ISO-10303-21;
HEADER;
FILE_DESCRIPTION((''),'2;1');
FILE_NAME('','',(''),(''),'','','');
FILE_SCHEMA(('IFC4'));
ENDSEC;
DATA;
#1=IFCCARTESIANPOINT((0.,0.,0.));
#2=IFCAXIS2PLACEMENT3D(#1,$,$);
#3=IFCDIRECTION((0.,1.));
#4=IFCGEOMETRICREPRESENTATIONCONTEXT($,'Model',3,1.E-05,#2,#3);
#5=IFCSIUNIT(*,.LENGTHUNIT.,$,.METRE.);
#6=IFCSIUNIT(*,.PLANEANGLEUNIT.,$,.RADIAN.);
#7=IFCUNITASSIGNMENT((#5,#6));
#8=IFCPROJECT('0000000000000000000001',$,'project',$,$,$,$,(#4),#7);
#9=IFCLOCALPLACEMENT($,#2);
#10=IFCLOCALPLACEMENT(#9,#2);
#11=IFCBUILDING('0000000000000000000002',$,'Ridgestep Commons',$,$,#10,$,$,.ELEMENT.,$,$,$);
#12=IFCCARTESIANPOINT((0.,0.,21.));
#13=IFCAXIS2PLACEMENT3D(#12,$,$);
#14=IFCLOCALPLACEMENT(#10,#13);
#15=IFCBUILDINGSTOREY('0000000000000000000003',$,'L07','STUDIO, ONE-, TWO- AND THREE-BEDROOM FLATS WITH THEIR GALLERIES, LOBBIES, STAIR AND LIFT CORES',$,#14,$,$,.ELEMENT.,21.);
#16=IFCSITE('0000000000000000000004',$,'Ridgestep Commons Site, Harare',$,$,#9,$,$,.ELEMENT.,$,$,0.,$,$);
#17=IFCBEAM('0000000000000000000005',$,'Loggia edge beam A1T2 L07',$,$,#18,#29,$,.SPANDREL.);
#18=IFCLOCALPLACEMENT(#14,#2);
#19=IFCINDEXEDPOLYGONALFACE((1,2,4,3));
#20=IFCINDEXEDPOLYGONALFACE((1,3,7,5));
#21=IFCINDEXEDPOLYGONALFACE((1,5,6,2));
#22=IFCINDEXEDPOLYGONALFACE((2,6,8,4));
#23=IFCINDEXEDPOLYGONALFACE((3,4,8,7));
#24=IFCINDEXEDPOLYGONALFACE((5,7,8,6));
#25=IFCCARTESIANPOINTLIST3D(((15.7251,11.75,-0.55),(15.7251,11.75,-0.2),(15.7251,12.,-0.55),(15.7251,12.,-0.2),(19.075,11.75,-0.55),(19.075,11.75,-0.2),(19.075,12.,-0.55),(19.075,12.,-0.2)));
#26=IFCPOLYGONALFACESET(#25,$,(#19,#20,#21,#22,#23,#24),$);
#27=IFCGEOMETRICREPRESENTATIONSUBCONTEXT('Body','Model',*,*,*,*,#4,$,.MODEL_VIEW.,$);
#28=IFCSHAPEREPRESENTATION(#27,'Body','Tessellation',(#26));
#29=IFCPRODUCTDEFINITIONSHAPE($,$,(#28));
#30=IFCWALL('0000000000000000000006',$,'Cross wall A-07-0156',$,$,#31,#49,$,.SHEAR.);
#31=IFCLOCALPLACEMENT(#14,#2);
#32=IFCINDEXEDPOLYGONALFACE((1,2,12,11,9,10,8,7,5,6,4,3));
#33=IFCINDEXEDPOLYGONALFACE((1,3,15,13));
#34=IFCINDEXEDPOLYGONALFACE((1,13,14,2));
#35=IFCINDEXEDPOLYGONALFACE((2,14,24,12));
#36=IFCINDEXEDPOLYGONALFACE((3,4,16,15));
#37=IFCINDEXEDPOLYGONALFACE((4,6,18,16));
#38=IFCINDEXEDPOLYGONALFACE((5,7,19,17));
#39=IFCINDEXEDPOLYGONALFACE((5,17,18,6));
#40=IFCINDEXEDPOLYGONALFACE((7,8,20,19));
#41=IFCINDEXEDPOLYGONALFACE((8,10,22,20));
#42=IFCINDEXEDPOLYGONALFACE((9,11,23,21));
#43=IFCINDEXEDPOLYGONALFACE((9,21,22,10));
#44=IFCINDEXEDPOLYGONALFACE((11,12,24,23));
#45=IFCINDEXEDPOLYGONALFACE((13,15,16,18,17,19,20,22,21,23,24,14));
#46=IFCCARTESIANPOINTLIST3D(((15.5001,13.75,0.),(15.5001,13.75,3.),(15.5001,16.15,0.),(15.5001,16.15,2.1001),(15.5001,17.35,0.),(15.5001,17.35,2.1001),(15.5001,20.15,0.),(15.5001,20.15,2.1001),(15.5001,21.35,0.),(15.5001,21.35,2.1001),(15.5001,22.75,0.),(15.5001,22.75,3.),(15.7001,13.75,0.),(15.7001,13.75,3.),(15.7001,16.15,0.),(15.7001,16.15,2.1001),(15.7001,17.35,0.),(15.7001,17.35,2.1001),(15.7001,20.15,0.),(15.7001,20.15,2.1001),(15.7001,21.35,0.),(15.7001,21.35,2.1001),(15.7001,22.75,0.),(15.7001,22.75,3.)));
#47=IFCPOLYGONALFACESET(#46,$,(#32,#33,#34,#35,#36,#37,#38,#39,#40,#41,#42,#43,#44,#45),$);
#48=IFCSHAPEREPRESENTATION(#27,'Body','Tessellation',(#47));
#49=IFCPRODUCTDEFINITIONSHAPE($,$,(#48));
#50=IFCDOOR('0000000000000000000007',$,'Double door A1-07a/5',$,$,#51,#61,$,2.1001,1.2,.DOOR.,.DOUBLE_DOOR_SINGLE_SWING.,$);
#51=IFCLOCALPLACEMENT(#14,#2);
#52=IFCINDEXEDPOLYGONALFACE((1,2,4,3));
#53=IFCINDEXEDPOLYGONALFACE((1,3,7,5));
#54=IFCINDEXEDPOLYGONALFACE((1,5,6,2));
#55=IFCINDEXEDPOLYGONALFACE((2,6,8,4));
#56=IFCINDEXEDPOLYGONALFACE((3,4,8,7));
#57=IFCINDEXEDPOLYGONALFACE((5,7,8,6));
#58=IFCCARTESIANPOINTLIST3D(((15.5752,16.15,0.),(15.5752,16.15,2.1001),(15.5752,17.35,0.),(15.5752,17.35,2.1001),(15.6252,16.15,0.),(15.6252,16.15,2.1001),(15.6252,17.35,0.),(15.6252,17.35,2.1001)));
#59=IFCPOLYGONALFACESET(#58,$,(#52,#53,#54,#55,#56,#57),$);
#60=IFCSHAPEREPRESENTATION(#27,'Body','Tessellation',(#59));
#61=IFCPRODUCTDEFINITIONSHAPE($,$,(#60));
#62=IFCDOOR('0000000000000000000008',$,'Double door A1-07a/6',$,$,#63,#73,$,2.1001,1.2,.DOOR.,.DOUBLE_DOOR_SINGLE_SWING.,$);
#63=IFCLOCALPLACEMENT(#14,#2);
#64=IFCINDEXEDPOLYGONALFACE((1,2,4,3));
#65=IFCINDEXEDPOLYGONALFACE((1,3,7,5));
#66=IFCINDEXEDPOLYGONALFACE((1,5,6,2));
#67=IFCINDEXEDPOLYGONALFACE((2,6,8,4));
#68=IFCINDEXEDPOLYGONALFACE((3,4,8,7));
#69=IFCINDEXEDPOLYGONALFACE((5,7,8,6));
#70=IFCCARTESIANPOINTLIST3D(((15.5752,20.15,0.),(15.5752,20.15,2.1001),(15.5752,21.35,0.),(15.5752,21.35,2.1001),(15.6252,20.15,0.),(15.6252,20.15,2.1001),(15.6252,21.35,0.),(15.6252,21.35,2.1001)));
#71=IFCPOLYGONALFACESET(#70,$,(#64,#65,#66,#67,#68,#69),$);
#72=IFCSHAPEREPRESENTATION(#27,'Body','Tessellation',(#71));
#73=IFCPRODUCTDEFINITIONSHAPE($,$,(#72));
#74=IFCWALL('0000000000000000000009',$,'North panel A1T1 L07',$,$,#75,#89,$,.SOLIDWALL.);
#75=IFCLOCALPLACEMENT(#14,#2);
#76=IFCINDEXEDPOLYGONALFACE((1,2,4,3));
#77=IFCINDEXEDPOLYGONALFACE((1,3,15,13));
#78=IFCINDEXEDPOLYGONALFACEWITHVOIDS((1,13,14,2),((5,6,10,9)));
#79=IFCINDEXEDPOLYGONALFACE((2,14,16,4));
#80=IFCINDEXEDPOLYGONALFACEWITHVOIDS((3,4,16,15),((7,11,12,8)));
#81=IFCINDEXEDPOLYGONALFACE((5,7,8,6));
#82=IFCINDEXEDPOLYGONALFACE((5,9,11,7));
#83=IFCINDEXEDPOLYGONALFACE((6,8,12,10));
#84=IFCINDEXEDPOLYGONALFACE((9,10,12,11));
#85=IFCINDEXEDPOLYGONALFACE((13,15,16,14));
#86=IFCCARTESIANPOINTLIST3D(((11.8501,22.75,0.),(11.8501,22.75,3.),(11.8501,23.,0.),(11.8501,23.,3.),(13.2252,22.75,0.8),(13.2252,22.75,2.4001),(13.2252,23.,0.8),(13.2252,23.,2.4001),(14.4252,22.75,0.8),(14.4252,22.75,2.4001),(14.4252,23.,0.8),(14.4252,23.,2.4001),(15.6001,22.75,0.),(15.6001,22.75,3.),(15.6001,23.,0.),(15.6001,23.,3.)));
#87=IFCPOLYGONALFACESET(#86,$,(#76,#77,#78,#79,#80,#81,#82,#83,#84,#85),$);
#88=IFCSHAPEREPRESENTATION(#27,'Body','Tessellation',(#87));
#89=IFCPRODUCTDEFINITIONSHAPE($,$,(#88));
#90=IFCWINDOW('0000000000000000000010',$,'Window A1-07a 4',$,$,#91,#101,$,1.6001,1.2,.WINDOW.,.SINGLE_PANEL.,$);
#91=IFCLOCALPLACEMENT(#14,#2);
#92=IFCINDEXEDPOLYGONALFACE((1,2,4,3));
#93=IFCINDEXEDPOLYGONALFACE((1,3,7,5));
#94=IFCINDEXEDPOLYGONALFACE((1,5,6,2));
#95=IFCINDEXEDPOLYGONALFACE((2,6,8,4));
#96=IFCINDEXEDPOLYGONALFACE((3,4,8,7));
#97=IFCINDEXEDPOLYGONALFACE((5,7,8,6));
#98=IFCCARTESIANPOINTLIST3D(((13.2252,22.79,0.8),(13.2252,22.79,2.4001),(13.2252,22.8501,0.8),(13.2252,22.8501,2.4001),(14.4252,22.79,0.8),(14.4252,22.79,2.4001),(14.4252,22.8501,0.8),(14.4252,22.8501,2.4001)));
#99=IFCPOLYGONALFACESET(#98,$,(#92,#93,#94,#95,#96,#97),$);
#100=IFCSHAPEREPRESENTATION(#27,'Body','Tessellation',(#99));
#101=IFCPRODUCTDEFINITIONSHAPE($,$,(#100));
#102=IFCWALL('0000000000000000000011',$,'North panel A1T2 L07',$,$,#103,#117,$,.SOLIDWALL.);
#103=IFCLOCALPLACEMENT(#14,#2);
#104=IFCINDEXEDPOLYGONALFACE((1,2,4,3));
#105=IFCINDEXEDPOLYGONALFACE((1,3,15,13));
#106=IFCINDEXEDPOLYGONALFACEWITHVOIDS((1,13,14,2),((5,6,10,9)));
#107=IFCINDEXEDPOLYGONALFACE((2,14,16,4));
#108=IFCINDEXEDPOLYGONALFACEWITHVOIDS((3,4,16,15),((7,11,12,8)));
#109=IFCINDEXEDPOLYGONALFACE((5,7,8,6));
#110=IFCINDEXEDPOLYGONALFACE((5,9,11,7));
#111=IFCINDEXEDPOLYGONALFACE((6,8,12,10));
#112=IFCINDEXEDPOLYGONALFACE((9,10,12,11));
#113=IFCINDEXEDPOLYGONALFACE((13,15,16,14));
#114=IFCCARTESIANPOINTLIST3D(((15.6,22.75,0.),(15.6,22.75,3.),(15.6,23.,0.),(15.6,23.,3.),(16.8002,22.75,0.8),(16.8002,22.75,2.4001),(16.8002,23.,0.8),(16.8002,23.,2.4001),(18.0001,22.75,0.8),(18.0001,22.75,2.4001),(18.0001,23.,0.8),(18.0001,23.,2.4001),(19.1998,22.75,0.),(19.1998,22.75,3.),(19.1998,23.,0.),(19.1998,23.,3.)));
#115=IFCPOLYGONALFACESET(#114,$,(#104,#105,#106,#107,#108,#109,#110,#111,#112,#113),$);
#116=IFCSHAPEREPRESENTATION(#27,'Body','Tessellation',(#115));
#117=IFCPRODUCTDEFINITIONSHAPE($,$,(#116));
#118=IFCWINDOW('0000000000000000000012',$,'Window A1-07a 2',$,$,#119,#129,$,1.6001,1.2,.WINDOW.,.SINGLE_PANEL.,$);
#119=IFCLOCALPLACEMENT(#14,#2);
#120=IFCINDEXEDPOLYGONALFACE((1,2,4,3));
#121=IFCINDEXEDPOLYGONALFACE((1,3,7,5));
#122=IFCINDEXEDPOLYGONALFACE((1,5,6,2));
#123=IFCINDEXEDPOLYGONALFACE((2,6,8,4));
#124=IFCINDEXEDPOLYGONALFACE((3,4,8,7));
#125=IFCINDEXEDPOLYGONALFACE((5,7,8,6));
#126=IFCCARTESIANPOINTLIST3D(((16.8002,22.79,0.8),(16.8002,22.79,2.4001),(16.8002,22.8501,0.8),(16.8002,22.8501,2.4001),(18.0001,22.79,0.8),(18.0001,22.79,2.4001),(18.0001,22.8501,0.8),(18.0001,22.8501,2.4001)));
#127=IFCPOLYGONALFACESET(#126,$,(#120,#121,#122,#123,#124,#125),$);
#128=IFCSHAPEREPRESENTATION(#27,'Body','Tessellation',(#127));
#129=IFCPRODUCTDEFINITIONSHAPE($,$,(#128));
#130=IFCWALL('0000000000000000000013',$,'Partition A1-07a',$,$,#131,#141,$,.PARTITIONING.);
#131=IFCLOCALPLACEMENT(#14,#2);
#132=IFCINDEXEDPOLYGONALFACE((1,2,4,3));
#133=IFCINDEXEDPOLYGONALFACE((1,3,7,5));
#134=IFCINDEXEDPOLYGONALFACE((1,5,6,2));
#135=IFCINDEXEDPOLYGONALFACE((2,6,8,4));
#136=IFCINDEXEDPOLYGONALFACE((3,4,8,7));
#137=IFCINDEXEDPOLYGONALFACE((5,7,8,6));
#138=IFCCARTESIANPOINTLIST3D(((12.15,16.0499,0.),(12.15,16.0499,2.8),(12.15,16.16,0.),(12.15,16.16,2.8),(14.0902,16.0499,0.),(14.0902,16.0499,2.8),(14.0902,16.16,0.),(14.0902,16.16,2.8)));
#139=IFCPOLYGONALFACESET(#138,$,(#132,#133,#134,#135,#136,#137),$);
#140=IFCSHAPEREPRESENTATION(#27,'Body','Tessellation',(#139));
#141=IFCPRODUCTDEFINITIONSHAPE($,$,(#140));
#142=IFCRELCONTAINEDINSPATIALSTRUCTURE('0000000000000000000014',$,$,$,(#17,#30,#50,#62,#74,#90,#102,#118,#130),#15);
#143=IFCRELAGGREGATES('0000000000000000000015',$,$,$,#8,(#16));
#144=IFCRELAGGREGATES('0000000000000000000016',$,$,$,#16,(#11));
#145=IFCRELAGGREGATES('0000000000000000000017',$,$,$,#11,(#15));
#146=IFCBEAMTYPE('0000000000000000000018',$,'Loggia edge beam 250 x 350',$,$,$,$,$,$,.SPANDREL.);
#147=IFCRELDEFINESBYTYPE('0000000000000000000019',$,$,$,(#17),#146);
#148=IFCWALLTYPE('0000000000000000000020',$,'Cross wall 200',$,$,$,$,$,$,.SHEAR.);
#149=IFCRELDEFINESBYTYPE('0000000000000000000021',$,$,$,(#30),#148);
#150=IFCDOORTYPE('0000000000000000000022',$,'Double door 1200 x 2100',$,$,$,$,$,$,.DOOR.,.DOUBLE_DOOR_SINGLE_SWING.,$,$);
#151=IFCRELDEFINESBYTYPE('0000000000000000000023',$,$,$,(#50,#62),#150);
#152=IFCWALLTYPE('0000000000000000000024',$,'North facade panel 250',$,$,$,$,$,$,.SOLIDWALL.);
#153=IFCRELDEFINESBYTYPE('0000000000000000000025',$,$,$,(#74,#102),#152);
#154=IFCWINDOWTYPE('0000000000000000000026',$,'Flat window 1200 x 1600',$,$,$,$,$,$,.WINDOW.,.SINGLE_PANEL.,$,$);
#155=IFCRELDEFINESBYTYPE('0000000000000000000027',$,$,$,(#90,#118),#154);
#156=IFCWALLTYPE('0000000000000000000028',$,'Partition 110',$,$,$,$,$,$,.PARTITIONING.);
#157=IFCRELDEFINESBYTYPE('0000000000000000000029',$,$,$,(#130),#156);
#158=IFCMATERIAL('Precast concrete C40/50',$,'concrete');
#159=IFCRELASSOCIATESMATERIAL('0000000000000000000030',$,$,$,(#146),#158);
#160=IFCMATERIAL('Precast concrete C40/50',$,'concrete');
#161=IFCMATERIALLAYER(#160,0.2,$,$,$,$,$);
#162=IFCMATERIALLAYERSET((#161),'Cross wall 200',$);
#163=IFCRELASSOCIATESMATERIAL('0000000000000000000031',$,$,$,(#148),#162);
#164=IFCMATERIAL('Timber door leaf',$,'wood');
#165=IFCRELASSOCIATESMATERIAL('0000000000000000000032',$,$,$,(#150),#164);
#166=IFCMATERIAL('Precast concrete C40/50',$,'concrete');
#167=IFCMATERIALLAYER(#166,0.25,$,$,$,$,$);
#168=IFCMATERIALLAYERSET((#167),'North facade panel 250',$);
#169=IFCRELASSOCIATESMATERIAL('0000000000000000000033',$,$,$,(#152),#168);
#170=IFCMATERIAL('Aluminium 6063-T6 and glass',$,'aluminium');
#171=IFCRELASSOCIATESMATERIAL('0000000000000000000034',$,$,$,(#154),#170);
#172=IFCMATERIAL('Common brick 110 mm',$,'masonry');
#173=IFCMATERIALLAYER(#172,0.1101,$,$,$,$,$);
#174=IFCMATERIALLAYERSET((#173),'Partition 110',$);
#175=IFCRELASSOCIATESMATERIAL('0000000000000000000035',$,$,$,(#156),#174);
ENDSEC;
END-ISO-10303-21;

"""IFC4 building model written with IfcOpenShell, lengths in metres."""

from ifc_helpers import new_model, si_unit, direction, frame, frame_2d, origin, origin_2d, place, context, subcontext, project, spatial, rectangle, extrude, material, layer, layer_set, material_profile, profile_set, type_object, element, fill, save


model = new_model("IFC4")

# Units and contexts
model_context = context("Model", 3, precision=1e-05, world=origin(), true_north=direction((0.0, 1.0)))
body_context = subcontext(model_context, "Body", "Model", "MODEL_VIEW")
ifc_project = project(units=[si_unit("LENGTHUNIT", "METRE"), si_unit("PLANEANGLEUNIT", "RADIAN")], contexts=[model_context])

# Site, building, storey
site_placement = place(None, origin())
site = spatial("IfcSite", under=ifc_project, at=site_placement, Name="Ridgestep Commons Site, Harare", CompositionType="ELEMENT", RefElevation=0.0)
building_placement = place(site_placement, origin())
building = spatial("IfcBuilding", under=site, at=building_placement, Name="Ridgestep Commons", CompositionType="ELEMENT")
storey_placement = place(building_placement, frame((0.0, 0.0, 21.0)))
storey = spatial("IfcBuildingStorey", under=building, at=storey_placement, Name="L07", Description="STUDIO, ONE-, TWO- AND THREE-BEDROOM FLATS WITH THEIR GALLERIES, LOBBIES, STAIR AND LIFT CORES", CompositionType="ELEMENT", Elevation=21.0)

# Beam
ifc_material_1 = material(Name="Precast concrete C40/50", Category="concrete")
ifc_material_profile = material_profile(ifc_material_1, rectangle(XDim=0.25, YDim=0.3501, at=origin_2d()), Name="PC 250x350")
ifc_profile_set = profile_set([ifc_material_profile], Name="Precast concrete C40/50")
beam_type = type_object("IfcBeamType", Name="Loggia edge beam 250 x 350", PredefinedType="SPANDREL", material=ifc_profile_set)
beam_placement = place(storey_placement, frame((15.7251, 11.875, -0.375), z_axis=(1.0, 0.0, 0.0), x_axis=(0.0, 1.0, 0.0)))
element("IfcBeam", 1, at=beam_placement, inside=storey, type_object=beam_type, Name="Loggia edge beam A1T2 L07", PredefinedType="SPANDREL", context=body_context, shape_type="SweptSolid", body=[
    extrude(rectangle(XDim=0.25, YDim=0.3501, at=origin_2d()), origin(), (0.0, 0.0, 1.0), 3.3499),
])

# Wall, openings, doors
ifc_material_2 = material(Name="Precast concrete C40/50", Category="concrete")
ifc_layer_1 = layer(ifc_material_2, 0.2)
ifc_layer_set_1 = layer_set([ifc_layer_1], Name="Cross wall 200")
wall_type_1 = type_object("IfcWallType", Name="Cross wall 200", PredefinedType="SHEAR", material=ifc_layer_set_1)
wall_1_placement = place(storey_placement, frame((15.6001, 13.75, 0.0), z_axis=(0.0, 0.0, 1.0), x_axis=(0.0, 1.0, 0.0)))
wall_1 = element("IfcWall", 2, at=wall_1_placement, inside=storey, type_object=wall_type_1, Name="Cross wall A-07-0156", PredefinedType="SHEAR", context=body_context, shape_type="SweptSolid", body=[
    extrude(rectangle(XDim=9.0, YDim=0.2, at=frame_2d((4.5, 0.0))), origin(), (0.0, 0.0, 1.0), 3.0),
])
opening_1_placement = place(wall_1_placement, frame((2.3999, 0.0, 0.0)))
opening_1 = element("IfcOpeningElement", 3, at=opening_1_placement, cuts=wall_1, PredefinedType="OPENING", context=body_context, shape_type="SweptSolid", body=[
    extrude(rectangle(XDim=1.2, YDim=2.1001, at=frame_2d((0.6001, 1.05))), frame((0.0, 0.1099, 0.0), z_axis=(0.0, -1.0, 0.0), x_axis=(1.0, 0.0, 0.0)), (0.0, 0.0, 1.0), 0.22),
])
opening_2_placement = place(wall_1_placement, frame((6.3999, 0.0, 0.0)))
opening_2 = element("IfcOpeningElement", 4, at=opening_2_placement, cuts=wall_1, PredefinedType="OPENING", context=body_context, shape_type="SweptSolid", body=[
    extrude(rectangle(XDim=1.2, YDim=2.1001, at=frame_2d((0.6001, 1.05))), frame((0.0, 0.1099, 0.0), z_axis=(0.0, -1.0, 0.0), x_axis=(1.0, 0.0, 0.0)), (0.0, 0.0, 1.0), 0.22),
])
ifc_material_3 = material(Name="Timber door leaf", Category="wood")
door_type_1 = type_object("IfcDoorType", Name="Double door 1200 x 2100", OperationType="DOUBLE_DOOR_SINGLE_SWING", PredefinedType="DOOR", material=ifc_material_3)
door_1_placement = place(opening_1_placement, origin())
door_1 = element("IfcDoor", 5, at=door_1_placement, inside=storey, type_object=door_type_1, Name="Double door A1-07a/5", OperationType="DOUBLE_DOOR_SINGLE_SWING", OverallHeight=2.1001, OverallWidth=1.2, PredefinedType="DOOR", context=body_context, shape_type="SweptSolid", body=[
    extrude(rectangle(XDim=1.2, YDim=2.1001, at=frame_2d((0.6001, 1.05))), frame((0.0, 0.0249, 0.0), z_axis=(0.0, -1.0, 0.0), x_axis=(1.0, 0.0, 0.0)), (0.0, 0.0, 1.0), 0.05),
])
fill(opening_1, door_1)
door_2_placement = place(opening_2_placement, origin())
door_2 = element("IfcDoor", 6, at=door_2_placement, inside=storey, type_object=door_type_1, Name="Double door A1-07a/6", OperationType="DOUBLE_DOOR_SINGLE_SWING", OverallHeight=2.1001, OverallWidth=1.2, PredefinedType="DOOR", context=body_context, shape_type="SweptSolid", body=[
    extrude(rectangle(XDim=1.2, YDim=2.1001, at=frame_2d((0.6001, 1.05))), frame((0.0, 0.0249, 0.0), z_axis=(0.0, -1.0, 0.0), x_axis=(1.0, 0.0, 0.0)), (0.0, 0.0, 1.0), 0.05),
])
fill(opening_2, door_2)

# Walls, openings, windows
ifc_material_4 = material(Name="Precast concrete C40/50", Category="concrete")
ifc_layer_2 = layer(ifc_material_4, 0.25)
ifc_layer_set_2 = layer_set([ifc_layer_2], Name="North facade panel 250")
wall_type_2 = type_object("IfcWallType", Name="North facade panel 250", PredefinedType="SOLIDWALL", material=ifc_layer_set_2)
wall_2_placement = place(storey_placement, frame((11.8501, 22.875, 0.0), z_axis=(0.0, 0.0, 1.0), x_axis=(1.0, 0.0, 0.0)))
wall_2 = element("IfcWall", 7, at=wall_2_placement, inside=storey, type_object=wall_type_2, Name="North panel A1T1 L07", PredefinedType="SOLIDWALL", context=body_context, shape_type="SweptSolid", body=[
    extrude(rectangle(XDim=3.75, YDim=0.25, at=frame_2d((1.875, 0.0))), origin(), (0.0, 0.0, 1.0), 3.0),
])
opening_3_placement = place(wall_2_placement, frame((1.375, 0.0, 0.8)))
opening_3 = element("IfcOpeningElement", 8, at=opening_3_placement, cuts=wall_2, PredefinedType="OPENING", context=body_context, shape_type="SweptSolid", body=[
    extrude(rectangle(XDim=1.2, YDim=1.6001, at=frame_2d((0.6001, 0.8))), frame((0.0, 0.135, 0.0), z_axis=(0.0, -1.0, 0.0), x_axis=(1.0, 0.0, 0.0)), (0.0, 0.0, 1.0), 0.27),
])
ifc_material_5 = material(Name="Aluminium 6063-T6 and glass", Category="aluminium")
window_type_1 = type_object("IfcWindowType", Name="Flat window 1200 x 1600", PartitioningType="SINGLE_PANEL", PredefinedType="WINDOW", material=ifc_material_5)
window_1_placement = place(opening_3_placement, origin())
window_1 = element("IfcWindow", 9, at=window_1_placement, inside=storey, type_object=window_type_1, Name="Window A1-07a 4", OverallHeight=1.6001, OverallWidth=1.2, PartitioningType="SINGLE_PANEL", PredefinedType="WINDOW", context=body_context, shape_type="SweptSolid", body=[
    extrude(rectangle(XDim=1.2, YDim=1.6001, at=frame_2d((0.6001, 0.8))), frame((0.0, -0.0249, 0.0), z_axis=(0.0, -1.0, 0.0), x_axis=(1.0, 0.0, 0.0)), (0.0, 0.0, 1.0), 0.0601),
])
fill(opening_3, window_1)
wall_3_placement = place(storey_placement, frame((15.6001, 22.875, 0.0), z_axis=(0.0, 0.0, 1.0), x_axis=(1.0, 0.0, 0.0)))
wall_3 = element("IfcWall", 10, at=wall_3_placement, inside=storey, type_object=wall_type_2, Name="North panel A1T2 L07", PredefinedType="SOLIDWALL", context=body_context, shape_type="SweptSolid", body=[
    extrude(rectangle(XDim=3.5999, YDim=0.25, at=frame_2d((1.7998, 0.0))), origin(), (0.0, 0.0, 1.0), 3.0),
])
opening_4_placement = place(wall_3_placement, frame((1.2, 0.0, 0.8)))
opening_4 = element("IfcOpeningElement", 11, at=opening_4_placement, cuts=wall_3, PredefinedType="OPENING", context=body_context, shape_type="SweptSolid", body=[
    extrude(rectangle(XDim=1.2, YDim=1.6001, at=frame_2d((0.6001, 0.8))), frame((0.0, 0.135, 0.0), z_axis=(0.0, -1.0, 0.0), x_axis=(1.0, 0.0, 0.0)), (0.0, 0.0, 1.0), 0.27),
])
window_2_placement = place(opening_4_placement, origin())
window_2 = element("IfcWindow", 12, at=window_2_placement, inside=storey, type_object=window_type_1, Name="Window A1-07a 2", OverallHeight=1.6001, OverallWidth=1.2, PartitioningType="SINGLE_PANEL", PredefinedType="WINDOW", context=body_context, shape_type="SweptSolid", body=[
    extrude(rectangle(XDim=1.2, YDim=1.6001, at=frame_2d((0.6001, 0.8))), frame((0.0, -0.0249, 0.0), z_axis=(0.0, -1.0, 0.0), x_axis=(1.0, 0.0, 0.0)), (0.0, 0.0, 1.0), 0.0601),
])
fill(opening_4, window_2)

# Wall
ifc_material_6 = material(Name="Common brick 110 mm", Category="masonry")
ifc_layer_3 = layer(ifc_material_6, 0.1101)
ifc_layer_set_3 = layer_set([ifc_layer_3], Name="Partition 110")
wall_type_3 = type_object("IfcWallType", Name="Partition 110", PredefinedType="PARTITIONING", material=ifc_layer_set_3)
wall_4_placement = place(storey_placement, frame((12.1499, 16.105, 0.0), z_axis=(0.0, 0.0, 1.0), x_axis=(1.0, 0.0, 0.0)))
element("IfcWall", 13, at=wall_4_placement, inside=storey, type_object=wall_type_3, Name="Partition A1-07a", PredefinedType="PARTITIONING", context=body_context, shape_type="SweptSolid", body=[
    extrude(rectangle(XDim=1.9402, YDim=0.1101, at=frame_2d((0.9702, 0.0))), origin(), (0.0, 0.0, 1.0), 2.8),
])

save(model, "model.ifc")
